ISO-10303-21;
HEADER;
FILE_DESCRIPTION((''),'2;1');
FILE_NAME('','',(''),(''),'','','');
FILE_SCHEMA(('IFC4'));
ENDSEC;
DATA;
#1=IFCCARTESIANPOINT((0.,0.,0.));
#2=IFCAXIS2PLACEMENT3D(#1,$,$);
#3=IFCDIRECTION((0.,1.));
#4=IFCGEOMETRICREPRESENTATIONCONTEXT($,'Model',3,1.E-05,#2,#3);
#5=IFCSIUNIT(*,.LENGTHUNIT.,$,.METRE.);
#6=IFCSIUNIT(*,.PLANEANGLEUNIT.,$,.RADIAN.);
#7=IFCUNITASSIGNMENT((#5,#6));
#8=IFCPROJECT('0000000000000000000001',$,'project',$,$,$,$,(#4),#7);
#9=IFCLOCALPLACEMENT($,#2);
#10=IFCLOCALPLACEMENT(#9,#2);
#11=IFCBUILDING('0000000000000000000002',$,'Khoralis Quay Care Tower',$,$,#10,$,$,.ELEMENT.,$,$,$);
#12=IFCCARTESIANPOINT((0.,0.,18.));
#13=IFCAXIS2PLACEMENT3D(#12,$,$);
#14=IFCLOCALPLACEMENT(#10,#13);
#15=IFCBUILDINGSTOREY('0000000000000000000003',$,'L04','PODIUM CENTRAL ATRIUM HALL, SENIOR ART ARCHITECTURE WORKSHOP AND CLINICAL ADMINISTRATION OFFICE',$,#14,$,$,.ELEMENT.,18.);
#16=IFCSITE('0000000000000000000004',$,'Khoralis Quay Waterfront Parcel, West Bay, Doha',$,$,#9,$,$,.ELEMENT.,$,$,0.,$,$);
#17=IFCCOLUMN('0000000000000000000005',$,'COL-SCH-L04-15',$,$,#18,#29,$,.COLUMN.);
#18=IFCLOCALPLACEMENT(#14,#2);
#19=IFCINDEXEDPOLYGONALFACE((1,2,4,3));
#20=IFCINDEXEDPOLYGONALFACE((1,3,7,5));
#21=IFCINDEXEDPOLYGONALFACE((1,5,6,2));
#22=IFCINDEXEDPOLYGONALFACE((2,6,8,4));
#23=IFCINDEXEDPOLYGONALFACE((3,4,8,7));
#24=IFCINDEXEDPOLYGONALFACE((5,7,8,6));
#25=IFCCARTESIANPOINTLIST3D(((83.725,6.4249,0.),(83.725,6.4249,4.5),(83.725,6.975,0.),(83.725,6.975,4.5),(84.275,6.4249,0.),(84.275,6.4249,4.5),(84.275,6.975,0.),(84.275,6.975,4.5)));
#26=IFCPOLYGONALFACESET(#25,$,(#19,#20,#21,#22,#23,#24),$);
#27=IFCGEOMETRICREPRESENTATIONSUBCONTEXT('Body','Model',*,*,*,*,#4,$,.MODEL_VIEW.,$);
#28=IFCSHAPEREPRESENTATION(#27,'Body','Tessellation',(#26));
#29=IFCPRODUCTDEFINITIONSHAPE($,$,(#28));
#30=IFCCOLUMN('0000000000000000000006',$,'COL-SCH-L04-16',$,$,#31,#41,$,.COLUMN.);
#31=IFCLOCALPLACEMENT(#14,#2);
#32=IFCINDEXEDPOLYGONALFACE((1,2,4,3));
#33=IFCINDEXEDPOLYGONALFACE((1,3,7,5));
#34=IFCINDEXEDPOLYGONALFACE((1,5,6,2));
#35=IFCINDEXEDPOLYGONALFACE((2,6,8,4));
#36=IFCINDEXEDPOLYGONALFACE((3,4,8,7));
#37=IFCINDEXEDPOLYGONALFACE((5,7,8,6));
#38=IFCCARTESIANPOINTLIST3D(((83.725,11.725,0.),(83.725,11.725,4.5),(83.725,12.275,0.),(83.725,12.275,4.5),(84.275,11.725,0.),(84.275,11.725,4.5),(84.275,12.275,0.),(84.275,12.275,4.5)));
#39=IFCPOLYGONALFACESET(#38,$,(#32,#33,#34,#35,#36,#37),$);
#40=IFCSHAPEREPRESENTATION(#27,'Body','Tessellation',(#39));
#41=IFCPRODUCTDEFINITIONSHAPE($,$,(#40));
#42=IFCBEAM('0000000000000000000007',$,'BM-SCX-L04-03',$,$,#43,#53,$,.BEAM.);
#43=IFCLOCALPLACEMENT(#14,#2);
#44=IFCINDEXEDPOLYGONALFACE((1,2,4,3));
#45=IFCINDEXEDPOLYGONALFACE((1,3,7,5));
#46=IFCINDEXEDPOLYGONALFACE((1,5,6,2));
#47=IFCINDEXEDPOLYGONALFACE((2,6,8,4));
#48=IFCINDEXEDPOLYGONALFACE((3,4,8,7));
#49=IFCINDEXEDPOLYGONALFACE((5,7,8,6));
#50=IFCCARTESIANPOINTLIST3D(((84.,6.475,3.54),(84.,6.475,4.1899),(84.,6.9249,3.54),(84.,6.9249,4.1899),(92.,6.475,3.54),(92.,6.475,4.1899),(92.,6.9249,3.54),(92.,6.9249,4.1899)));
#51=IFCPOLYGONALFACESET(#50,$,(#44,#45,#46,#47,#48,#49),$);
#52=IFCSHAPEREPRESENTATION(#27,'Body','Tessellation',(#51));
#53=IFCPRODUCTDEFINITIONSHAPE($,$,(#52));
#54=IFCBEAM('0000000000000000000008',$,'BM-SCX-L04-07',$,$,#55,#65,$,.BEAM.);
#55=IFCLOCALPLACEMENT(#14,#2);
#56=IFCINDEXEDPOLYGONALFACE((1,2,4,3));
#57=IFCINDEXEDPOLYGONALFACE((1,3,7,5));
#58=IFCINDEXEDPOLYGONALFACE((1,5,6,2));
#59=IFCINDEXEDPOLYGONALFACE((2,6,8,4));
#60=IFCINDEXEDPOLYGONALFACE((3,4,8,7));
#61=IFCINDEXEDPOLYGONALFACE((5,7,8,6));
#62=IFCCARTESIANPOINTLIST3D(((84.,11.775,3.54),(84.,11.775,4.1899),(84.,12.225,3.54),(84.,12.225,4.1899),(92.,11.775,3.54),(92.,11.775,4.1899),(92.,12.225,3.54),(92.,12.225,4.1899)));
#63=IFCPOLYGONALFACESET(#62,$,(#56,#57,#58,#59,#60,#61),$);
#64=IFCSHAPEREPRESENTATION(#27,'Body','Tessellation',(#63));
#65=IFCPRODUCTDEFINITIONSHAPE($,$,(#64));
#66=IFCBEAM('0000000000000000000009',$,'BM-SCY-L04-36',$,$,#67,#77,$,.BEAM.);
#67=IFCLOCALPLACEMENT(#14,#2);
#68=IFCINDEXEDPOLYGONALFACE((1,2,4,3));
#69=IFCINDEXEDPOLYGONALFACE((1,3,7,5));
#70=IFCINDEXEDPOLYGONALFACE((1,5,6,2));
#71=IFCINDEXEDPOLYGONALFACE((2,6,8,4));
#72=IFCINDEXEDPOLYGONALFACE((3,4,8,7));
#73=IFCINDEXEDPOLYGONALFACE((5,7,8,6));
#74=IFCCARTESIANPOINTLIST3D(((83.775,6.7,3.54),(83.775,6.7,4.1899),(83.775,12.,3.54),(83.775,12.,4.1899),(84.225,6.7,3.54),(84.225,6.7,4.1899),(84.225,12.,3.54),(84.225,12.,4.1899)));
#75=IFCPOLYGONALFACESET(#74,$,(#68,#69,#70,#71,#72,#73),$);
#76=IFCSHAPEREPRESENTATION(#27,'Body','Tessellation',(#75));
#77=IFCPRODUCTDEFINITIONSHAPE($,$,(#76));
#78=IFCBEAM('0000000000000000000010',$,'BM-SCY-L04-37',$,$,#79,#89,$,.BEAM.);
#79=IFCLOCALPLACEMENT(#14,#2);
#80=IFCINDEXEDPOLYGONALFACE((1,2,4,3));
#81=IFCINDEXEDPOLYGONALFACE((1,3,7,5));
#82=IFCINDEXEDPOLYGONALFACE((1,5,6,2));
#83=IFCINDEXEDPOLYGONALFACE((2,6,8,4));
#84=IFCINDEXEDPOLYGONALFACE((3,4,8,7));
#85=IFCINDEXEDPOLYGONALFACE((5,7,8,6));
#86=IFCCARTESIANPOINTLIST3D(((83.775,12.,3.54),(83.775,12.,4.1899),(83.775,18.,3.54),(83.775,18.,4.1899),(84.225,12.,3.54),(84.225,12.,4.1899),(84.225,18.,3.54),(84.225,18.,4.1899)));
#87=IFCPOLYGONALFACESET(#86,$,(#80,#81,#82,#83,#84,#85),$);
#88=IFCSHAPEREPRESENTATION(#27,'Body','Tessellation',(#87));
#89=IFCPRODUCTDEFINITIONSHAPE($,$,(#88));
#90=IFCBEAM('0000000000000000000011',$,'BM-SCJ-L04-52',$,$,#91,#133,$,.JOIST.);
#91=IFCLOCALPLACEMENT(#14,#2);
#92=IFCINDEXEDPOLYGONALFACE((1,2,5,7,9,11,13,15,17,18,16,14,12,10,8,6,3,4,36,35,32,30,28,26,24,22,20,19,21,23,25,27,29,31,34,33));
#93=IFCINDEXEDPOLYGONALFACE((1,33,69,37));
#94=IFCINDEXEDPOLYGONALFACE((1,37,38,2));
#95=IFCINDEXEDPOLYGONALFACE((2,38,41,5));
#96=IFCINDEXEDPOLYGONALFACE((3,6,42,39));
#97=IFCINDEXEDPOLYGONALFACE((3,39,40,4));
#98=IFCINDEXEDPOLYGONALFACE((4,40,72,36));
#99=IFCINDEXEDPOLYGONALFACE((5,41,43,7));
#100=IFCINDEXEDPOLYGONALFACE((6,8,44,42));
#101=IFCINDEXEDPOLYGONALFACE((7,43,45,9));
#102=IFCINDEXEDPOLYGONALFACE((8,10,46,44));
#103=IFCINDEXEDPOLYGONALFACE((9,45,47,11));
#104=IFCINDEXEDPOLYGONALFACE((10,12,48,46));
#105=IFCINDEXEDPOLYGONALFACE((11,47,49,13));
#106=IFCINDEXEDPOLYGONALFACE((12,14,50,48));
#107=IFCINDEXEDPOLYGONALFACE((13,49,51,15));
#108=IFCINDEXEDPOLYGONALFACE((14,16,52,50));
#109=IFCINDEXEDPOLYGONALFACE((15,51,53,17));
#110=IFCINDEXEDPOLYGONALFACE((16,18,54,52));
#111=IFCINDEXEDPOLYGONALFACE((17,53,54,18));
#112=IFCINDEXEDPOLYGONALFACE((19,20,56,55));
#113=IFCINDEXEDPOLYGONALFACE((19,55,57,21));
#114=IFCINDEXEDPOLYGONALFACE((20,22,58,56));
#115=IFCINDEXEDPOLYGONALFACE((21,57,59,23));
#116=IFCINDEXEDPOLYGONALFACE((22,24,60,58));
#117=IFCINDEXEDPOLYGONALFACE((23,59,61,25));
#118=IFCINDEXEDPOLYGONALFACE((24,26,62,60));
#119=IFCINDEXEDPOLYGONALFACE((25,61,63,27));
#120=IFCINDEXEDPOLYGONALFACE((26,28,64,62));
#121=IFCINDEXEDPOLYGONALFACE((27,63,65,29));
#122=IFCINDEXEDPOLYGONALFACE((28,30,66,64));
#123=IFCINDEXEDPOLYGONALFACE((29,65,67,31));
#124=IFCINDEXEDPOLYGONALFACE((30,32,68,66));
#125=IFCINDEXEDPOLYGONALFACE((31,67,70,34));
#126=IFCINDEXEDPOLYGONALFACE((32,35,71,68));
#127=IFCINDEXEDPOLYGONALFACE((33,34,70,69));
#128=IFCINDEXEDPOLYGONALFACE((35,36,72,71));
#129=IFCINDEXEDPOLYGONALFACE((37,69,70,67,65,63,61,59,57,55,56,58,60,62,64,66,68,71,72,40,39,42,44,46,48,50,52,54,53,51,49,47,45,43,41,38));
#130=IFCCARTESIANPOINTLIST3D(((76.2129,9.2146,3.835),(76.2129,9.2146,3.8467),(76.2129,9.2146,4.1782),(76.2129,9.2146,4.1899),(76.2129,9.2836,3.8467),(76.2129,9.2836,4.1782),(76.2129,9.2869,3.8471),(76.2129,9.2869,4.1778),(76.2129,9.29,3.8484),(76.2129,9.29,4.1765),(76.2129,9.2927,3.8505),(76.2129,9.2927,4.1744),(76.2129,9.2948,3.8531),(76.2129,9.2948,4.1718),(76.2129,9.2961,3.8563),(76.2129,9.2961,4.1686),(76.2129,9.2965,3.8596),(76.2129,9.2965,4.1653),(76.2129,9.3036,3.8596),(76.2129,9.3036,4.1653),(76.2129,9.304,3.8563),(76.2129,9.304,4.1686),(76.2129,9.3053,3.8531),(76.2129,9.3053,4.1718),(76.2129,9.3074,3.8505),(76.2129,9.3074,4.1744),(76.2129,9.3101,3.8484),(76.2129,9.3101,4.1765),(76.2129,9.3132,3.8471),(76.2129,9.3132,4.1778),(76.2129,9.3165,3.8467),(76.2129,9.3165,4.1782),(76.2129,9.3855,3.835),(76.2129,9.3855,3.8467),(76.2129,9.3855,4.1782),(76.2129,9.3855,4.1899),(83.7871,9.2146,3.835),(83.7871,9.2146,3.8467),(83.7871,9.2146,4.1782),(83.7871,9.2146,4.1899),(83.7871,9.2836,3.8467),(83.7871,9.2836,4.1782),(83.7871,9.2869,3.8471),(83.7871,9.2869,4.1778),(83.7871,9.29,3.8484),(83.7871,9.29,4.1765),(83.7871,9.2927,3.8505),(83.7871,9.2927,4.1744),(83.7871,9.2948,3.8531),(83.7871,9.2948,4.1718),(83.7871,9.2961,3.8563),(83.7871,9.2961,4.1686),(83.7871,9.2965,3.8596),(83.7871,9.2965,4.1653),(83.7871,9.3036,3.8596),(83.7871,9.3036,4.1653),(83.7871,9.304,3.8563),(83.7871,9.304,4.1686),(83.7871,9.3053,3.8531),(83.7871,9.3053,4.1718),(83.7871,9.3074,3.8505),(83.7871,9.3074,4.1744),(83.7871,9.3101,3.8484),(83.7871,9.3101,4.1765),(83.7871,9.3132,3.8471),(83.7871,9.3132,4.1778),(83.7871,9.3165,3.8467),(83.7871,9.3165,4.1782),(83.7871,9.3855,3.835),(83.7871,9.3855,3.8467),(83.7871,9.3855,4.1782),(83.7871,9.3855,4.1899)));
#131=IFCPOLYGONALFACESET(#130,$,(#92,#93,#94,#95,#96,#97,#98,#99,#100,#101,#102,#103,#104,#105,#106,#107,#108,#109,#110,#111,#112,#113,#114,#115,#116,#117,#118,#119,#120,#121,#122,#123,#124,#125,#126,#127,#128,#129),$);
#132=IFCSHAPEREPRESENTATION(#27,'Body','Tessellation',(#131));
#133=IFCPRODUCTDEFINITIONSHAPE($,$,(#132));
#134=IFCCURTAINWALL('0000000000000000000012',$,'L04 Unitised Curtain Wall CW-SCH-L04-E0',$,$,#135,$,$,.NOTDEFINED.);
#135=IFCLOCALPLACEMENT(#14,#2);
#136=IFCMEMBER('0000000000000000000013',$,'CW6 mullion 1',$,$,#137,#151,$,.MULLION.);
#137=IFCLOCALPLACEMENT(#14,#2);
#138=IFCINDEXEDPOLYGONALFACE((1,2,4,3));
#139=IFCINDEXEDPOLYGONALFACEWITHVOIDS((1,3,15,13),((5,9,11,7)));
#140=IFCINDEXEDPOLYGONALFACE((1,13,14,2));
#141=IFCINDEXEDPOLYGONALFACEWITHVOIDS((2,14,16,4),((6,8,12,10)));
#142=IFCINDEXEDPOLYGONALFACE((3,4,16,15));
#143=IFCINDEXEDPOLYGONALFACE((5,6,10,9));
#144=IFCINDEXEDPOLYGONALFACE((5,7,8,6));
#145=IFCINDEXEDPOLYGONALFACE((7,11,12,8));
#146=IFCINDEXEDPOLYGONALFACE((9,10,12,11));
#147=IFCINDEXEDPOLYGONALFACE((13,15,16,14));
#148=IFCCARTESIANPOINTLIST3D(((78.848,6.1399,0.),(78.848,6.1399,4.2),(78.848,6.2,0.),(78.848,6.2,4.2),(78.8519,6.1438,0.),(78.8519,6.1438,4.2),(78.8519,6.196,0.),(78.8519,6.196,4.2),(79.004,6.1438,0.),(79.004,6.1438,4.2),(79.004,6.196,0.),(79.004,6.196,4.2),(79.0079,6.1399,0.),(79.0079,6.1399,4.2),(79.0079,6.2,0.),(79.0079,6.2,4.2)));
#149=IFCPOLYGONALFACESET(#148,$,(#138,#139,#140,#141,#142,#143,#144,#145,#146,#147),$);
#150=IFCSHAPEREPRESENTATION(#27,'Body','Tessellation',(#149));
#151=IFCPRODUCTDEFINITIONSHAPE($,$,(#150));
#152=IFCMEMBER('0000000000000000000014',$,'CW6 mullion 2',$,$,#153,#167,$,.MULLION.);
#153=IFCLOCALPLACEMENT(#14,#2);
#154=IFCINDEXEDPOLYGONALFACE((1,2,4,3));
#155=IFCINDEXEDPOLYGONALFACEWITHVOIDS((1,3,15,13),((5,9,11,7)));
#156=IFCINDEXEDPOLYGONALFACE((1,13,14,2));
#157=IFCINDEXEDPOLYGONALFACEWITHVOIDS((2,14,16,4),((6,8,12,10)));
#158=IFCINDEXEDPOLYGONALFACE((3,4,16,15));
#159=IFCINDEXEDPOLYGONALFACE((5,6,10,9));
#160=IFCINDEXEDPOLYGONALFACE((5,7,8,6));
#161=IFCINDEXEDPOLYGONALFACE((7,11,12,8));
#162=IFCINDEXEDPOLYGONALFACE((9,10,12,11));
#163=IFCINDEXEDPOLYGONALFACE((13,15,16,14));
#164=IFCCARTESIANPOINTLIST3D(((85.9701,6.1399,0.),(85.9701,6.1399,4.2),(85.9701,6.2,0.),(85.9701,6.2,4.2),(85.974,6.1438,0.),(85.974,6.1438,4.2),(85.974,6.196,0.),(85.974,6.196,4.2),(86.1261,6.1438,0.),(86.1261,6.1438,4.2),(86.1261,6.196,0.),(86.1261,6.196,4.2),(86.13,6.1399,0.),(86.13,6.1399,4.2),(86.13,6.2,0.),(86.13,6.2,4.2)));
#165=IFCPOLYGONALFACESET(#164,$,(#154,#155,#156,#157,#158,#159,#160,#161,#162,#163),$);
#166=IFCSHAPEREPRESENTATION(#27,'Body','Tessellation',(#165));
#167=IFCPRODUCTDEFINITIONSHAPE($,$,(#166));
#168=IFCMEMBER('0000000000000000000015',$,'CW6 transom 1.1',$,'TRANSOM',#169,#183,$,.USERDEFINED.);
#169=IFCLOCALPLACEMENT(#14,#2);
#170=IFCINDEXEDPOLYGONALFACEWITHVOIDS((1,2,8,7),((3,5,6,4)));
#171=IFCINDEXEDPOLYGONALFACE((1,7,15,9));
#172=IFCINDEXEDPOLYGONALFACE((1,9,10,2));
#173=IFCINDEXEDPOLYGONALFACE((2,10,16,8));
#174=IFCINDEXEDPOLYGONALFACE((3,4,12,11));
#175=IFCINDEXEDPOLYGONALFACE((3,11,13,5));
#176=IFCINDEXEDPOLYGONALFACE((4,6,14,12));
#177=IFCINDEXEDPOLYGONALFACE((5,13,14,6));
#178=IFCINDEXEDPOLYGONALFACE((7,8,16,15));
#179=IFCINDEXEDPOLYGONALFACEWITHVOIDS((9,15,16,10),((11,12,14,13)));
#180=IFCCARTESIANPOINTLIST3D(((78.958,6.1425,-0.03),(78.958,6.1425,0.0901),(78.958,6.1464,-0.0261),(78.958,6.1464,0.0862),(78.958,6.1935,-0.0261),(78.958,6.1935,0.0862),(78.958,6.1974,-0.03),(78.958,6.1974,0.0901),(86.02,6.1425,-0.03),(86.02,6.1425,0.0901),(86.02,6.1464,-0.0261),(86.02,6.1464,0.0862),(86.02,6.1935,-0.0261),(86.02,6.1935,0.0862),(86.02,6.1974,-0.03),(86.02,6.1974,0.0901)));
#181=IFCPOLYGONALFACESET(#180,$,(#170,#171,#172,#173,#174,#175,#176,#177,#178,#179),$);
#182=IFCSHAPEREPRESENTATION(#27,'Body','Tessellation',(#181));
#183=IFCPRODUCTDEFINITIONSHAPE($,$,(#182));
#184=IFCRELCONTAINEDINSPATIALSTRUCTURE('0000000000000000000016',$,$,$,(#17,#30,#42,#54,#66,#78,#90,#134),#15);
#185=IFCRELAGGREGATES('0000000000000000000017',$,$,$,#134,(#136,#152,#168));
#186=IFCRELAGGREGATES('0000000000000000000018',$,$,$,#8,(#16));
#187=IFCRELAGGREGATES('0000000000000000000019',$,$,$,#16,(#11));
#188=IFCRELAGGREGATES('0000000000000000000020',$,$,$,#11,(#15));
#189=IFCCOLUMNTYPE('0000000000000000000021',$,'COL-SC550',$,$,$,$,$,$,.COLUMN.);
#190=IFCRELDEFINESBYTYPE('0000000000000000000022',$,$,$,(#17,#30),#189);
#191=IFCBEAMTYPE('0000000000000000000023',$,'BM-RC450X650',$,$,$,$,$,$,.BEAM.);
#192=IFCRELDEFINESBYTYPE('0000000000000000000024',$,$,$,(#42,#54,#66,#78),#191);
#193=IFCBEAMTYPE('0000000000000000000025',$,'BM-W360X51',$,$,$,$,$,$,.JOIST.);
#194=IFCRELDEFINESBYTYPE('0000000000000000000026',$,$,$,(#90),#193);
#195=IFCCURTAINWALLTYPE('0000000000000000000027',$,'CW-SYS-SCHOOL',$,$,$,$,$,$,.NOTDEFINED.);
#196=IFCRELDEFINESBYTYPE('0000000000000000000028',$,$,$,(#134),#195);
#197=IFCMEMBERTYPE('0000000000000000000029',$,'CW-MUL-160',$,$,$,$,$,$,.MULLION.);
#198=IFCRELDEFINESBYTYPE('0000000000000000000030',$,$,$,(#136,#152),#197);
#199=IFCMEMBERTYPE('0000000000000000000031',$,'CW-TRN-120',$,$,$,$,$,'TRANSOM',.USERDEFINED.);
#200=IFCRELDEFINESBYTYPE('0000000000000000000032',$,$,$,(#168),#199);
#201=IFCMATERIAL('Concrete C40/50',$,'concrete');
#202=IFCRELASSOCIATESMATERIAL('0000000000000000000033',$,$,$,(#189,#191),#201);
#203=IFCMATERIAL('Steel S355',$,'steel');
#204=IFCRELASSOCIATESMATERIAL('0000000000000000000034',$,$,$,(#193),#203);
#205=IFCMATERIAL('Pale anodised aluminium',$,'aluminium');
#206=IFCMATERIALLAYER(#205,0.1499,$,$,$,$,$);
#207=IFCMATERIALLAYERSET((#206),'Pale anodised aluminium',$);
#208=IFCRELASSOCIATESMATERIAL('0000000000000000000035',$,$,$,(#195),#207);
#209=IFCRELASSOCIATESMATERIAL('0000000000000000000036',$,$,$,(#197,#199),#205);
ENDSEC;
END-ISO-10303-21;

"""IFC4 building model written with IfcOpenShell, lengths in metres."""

from ifc_helpers import new_model, si_unit, direction, frame, origin, origin_2d, place, context, subcontext, project, spatial, rectangle, hollow_rectangle, i_section, extrude, source, transform, mapped, material, layer, layer_set, material_profile, profile_set, type_object, element, aggregate, save


model = new_model("IFC4")

# Units and contexts
model_context = context("Model", 3, precision=1e-05, world=origin(), true_north=direction((0.0, 1.0)))
body_context = subcontext(model_context, "Body", "Model", "MODEL_VIEW")
ifc_project = project(units=[si_unit("LENGTHUNIT", "METRE"), si_unit("PLANEANGLEUNIT", "RADIAN")], contexts=[model_context])

# Site, building, storey
site_placement = place(None, origin())
site = spatial("IfcSite", under=ifc_project, at=site_placement, Name="Khoralis Quay Waterfront Parcel, West Bay, Doha", CompositionType="ELEMENT", RefElevation=0.0)
building_placement = place(site_placement, origin())
building = spatial("IfcBuilding", under=site, at=building_placement, Name="Khoralis Quay Care Tower", CompositionType="ELEMENT")
storey_placement = place(building_placement, frame((0.0, 0.0, 18.0)))
storey = spatial("IfcBuildingStorey", under=building, at=storey_placement, Name="L04", Description="PODIUM CENTRAL ATRIUM HALL, SENIOR ART ARCHITECTURE WORKSHOP AND CLINICAL ADMINISTRATION OFFICE", CompositionType="ELEMENT", Elevation=18.0)

# Columns
ifc_material_1 = material(Name="Concrete C40/50", Category="concrete")
ifc_material_profile_1 = material_profile(ifc_material_1, rectangle(XDim=0.55, YDim=0.55, at=origin_2d()), Name="Concrete C40/50")
ifc_profile_set_1 = profile_set([ifc_material_profile_1], Name="Concrete C40/50")
column_type = type_object("IfcColumnType", Name="COL-SC550", PredefinedType="COLUMN", material=ifc_profile_set_1)
shared_shape_1 = source(origin(), body_context, "Body", "SweptSolid", [
    extrude(rectangle(XDim=0.55, YDim=0.55, at=origin_2d()), origin(), (0.0, 0.0, 1.0), 4.5),
])
for number, where, z_axis, x_axis, name in (
    (1, (84.0, 6.7, 0.0), (0.0, 0.0, 1.0), (1.0, 0.0, 0.0), "COL-SCH-L04-15"),
    (2, (84.0, 12.0, 0.0), (0.0, 0.0, 1.0), (1.0, 0.0, 0.0), "COL-SCH-L04-16"),
):
    element("IfcColumn", number, at=place(storey_placement, frame(where, z_axis=z_axis, x_axis=x_axis)), inside=storey, type_object=column_type, Name=name, PredefinedType="COLUMN", context=body_context, shape_type="MappedRepresentation", body=[
        mapped(shared_shape_1, transform((0.0, 0.0, 0.0), scale=1.0)),
    ])

# Beams
ifc_material_profile_2 = material_profile(ifc_material_1, rectangle(XDim=0.45, YDim=0.6499, at=origin_2d()), Name="Concrete C40/50")
ifc_profile_set_2 = profile_set([ifc_material_profile_2], Name="Concrete C40/50")
beam_type_1 = type_object("IfcBeamType", Name="BM-RC450X650", PredefinedType="BEAM", material=ifc_profile_set_2)
shared_shape_2 = source(origin(), body_context, "Body", "SweptSolid", [
    extrude(rectangle(XDim=0.45, YDim=0.6499, at=origin_2d()), origin(), (0.0, 0.0, 1.0), 8.0),
])
for number, where, z_axis, x_axis, name in (
    (3, (84.0, 6.7, 3.865), (1.0, 0.0, 0.0), (0.0, 1.0, 0.0), "BM-SCX-L04-03"),
    (4, (84.0, 12.0, 3.865), (1.0, 0.0, 0.0), (0.0, 1.0, 0.0), "BM-SCX-L04-07"),
):
    element("IfcBeam", number, at=place(storey_placement, frame(where, z_axis=z_axis, x_axis=x_axis)), inside=storey, type_object=beam_type_1, Name=name, PredefinedType="BEAM", context=body_context, shape_type="MappedRepresentation", body=[
        mapped(shared_shape_2, transform((0.0, 0.0, 0.0), scale=1.0)),
    ])
shared_shape_3 = source(origin(), body_context, "Body", "SweptSolid", [
    extrude(rectangle(XDim=0.45, YDim=0.6499, at=origin_2d()), origin(), (0.0, 0.0, 1.0), 5.3),
])
beam_1_placement = place(storey_placement, frame((84.0, 6.7, 3.865), z_axis=(0.0, 1.0, 0.0), x_axis=(-1.0, 0.0, 0.0)))
element("IfcBeam", 5, at=beam_1_placement, inside=storey, type_object=beam_type_1, Name="BM-SCY-L04-36", PredefinedType="BEAM", context=body_context, shape_type="MappedRepresentation", body=[
    mapped(shared_shape_3, transform((0.0, 0.0, 0.0), scale=1.0)),
])
shared_shape_4 = source(origin(), body_context, "Body", "SweptSolid", [
    extrude(rectangle(XDim=0.45, YDim=0.6499, at=origin_2d()), origin(), (0.0, 0.0, 1.0), 6.0),
])
beam_2_placement = place(storey_placement, frame((84.0, 12.0, 3.865), z_axis=(0.0, 1.0, 0.0), x_axis=(-1.0, 0.0, 0.0)))
element("IfcBeam", 6, at=beam_2_placement, inside=storey, type_object=beam_type_1, Name="BM-SCY-L04-37", PredefinedType="BEAM", context=body_context, shape_type="MappedRepresentation", body=[
    mapped(shared_shape_4, transform((0.0, 0.0, 0.0), scale=1.0)),
])
ifc_material_2 = material(Name="Steel S355", Category="steel")
ifc_material_profile_3 = material_profile(ifc_material_2, i_section(OverallWidth=0.1709, OverallDepth=0.355, WebThickness=0.0071, FlangeThickness=0.0117, FilletRadius=0.0129, at=origin_2d()), Name="Steel S355")
ifc_profile_set_3 = profile_set([ifc_material_profile_3], Name="Steel S355")
beam_type_2 = type_object("IfcBeamType", Name="BM-W360X51", PredefinedType="JOIST", material=ifc_profile_set_3)
shared_shape_5 = source(origin(), body_context, "Body", "SweptSolid", [
    extrude(i_section(OverallWidth=0.1709, OverallDepth=0.355, WebThickness=0.0071, FlangeThickness=0.0117, FilletRadius=0.0129, at=origin_2d()), origin(), (0.0, 0.0, 1.0), 7.5742),
])
beam_3_placement = place(storey_placement, frame((76.2129, 9.3, 4.0125), z_axis=(1.0, 0.0, 0.0), x_axis=(0.0, 1.0, 0.0)))
element("IfcBeam", 7, at=beam_3_placement, inside=storey, type_object=beam_type_2, Name="BM-SCJ-L04-52", PredefinedType="JOIST", context=body_context, shape_type="MappedRepresentation", body=[
    mapped(shared_shape_5, transform((0.0, 0.0, 0.0), scale=1.0)),
])

# Curtain wall, members
ifc_material_3 = material(Name="Pale anodised aluminium", Category="aluminium")
ifc_layer_1 = layer(ifc_material_3, 0.1499)
ifc_layer_set_1 = layer_set([ifc_layer_1], Name="Pale anodised aluminium")
curtain_wall_type = type_object("IfcCurtainWallType", Name="CW-SYS-SCHOOL", PredefinedType="NOTDEFINED", material=ifc_layer_set_1)
curtain_wall_placement = place(storey_placement, origin())
curtain_wall = element("IfcCurtainWall", 8, at=curtain_wall_placement, inside=storey, type_object=curtain_wall_type, Name="L04 Unitised Curtain Wall CW-SCH-L04-E0", PredefinedType="NOTDEFINED")
ifc_material_profile_4 = material_profile(ifc_material_3, hollow_rectangle(XDim=0.0601, YDim=0.1599, WallThickness=0.0039, at=origin_2d()), Name="Pale anodised aluminium")
ifc_profile_set_4 = profile_set([ifc_material_profile_4], Name="Pale anodised aluminium")
member_type_1 = type_object("IfcMemberType", Name="CW-MUL-160", PredefinedType="MULLION", material=ifc_profile_set_4)
shared_shape_6 = source(origin(), body_context, "Body", "SweptSolid", [
    extrude(hollow_rectangle(XDim=0.0601, YDim=0.1599, WallThickness=0.0039, at=origin_2d()), origin(), (0.0, 0.0, 1.0), 4.2),
])
member_1_placement = place(storey_placement, frame((78.928, 6.1699, 0.0), z_axis=(0.0, 0.0, 1.0), x_axis=(0.0, 1.0, 0.0)))
member_1 = element("IfcMember", 9, at=member_1_placement, type_object=member_type_1, Name="CW6 mullion 1", PredefinedType="MULLION", context=body_context, shape_type="MappedRepresentation", body=[
    mapped(shared_shape_6, transform((0.0, 0.0, 0.0), scale=1.0)),
])
member_2_placement = place(storey_placement, frame((86.05, 6.1699, 0.0), z_axis=(0.0, 0.0, 1.0), x_axis=(0.0, 1.0, 0.0)))
member_2 = element("IfcMember", 10, at=member_2_placement, type_object=member_type_1, Name="CW6 mullion 2", PredefinedType="MULLION", context=body_context, shape_type="MappedRepresentation", body=[
    mapped(shared_shape_6, transform((0.0, 0.0, 0.0), scale=1.0)),
])
ifc_material_profile_5 = material_profile(ifc_material_3, hollow_rectangle(XDim=0.0549, YDim=0.1201, WallThickness=0.0039, at=origin_2d()), Name="Pale anodised aluminium")
ifc_profile_set_5 = profile_set([ifc_material_profile_5], Name="Pale anodised aluminium")
member_type_2 = type_object("IfcMemberType", Name="CW-TRN-120", ElementType="TRANSOM", PredefinedType="USERDEFINED", material=ifc_profile_set_5)
shared_shape_7 = source(origin(), body_context, "Body", "SweptSolid", [
    extrude(hollow_rectangle(XDim=0.0549, YDim=0.1201, WallThickness=0.0039, at=origin_2d()), origin(), (0.0, 0.0, 1.0), 7.062),
])
member_3_placement = place(storey_placement, frame((78.958, 6.1699, 0.03), z_axis=(1.0, 0.0, 0.0), x_axis=(0.0, 1.0, 0.0)))
member_3 = element("IfcMember", 11, at=member_3_placement, type_object=member_type_2, Name="CW6 transom 1.1", ObjectType="TRANSOM", PredefinedType="USERDEFINED", context=body_context, shape_type="MappedRepresentation", body=[
    mapped(shared_shape_7, transform((0.0, 0.0, 0.0), scale=1.0)),
])
aggregate(curtain_wall, [member_1, member_2, member_3])

save(model, "model.ifc")
